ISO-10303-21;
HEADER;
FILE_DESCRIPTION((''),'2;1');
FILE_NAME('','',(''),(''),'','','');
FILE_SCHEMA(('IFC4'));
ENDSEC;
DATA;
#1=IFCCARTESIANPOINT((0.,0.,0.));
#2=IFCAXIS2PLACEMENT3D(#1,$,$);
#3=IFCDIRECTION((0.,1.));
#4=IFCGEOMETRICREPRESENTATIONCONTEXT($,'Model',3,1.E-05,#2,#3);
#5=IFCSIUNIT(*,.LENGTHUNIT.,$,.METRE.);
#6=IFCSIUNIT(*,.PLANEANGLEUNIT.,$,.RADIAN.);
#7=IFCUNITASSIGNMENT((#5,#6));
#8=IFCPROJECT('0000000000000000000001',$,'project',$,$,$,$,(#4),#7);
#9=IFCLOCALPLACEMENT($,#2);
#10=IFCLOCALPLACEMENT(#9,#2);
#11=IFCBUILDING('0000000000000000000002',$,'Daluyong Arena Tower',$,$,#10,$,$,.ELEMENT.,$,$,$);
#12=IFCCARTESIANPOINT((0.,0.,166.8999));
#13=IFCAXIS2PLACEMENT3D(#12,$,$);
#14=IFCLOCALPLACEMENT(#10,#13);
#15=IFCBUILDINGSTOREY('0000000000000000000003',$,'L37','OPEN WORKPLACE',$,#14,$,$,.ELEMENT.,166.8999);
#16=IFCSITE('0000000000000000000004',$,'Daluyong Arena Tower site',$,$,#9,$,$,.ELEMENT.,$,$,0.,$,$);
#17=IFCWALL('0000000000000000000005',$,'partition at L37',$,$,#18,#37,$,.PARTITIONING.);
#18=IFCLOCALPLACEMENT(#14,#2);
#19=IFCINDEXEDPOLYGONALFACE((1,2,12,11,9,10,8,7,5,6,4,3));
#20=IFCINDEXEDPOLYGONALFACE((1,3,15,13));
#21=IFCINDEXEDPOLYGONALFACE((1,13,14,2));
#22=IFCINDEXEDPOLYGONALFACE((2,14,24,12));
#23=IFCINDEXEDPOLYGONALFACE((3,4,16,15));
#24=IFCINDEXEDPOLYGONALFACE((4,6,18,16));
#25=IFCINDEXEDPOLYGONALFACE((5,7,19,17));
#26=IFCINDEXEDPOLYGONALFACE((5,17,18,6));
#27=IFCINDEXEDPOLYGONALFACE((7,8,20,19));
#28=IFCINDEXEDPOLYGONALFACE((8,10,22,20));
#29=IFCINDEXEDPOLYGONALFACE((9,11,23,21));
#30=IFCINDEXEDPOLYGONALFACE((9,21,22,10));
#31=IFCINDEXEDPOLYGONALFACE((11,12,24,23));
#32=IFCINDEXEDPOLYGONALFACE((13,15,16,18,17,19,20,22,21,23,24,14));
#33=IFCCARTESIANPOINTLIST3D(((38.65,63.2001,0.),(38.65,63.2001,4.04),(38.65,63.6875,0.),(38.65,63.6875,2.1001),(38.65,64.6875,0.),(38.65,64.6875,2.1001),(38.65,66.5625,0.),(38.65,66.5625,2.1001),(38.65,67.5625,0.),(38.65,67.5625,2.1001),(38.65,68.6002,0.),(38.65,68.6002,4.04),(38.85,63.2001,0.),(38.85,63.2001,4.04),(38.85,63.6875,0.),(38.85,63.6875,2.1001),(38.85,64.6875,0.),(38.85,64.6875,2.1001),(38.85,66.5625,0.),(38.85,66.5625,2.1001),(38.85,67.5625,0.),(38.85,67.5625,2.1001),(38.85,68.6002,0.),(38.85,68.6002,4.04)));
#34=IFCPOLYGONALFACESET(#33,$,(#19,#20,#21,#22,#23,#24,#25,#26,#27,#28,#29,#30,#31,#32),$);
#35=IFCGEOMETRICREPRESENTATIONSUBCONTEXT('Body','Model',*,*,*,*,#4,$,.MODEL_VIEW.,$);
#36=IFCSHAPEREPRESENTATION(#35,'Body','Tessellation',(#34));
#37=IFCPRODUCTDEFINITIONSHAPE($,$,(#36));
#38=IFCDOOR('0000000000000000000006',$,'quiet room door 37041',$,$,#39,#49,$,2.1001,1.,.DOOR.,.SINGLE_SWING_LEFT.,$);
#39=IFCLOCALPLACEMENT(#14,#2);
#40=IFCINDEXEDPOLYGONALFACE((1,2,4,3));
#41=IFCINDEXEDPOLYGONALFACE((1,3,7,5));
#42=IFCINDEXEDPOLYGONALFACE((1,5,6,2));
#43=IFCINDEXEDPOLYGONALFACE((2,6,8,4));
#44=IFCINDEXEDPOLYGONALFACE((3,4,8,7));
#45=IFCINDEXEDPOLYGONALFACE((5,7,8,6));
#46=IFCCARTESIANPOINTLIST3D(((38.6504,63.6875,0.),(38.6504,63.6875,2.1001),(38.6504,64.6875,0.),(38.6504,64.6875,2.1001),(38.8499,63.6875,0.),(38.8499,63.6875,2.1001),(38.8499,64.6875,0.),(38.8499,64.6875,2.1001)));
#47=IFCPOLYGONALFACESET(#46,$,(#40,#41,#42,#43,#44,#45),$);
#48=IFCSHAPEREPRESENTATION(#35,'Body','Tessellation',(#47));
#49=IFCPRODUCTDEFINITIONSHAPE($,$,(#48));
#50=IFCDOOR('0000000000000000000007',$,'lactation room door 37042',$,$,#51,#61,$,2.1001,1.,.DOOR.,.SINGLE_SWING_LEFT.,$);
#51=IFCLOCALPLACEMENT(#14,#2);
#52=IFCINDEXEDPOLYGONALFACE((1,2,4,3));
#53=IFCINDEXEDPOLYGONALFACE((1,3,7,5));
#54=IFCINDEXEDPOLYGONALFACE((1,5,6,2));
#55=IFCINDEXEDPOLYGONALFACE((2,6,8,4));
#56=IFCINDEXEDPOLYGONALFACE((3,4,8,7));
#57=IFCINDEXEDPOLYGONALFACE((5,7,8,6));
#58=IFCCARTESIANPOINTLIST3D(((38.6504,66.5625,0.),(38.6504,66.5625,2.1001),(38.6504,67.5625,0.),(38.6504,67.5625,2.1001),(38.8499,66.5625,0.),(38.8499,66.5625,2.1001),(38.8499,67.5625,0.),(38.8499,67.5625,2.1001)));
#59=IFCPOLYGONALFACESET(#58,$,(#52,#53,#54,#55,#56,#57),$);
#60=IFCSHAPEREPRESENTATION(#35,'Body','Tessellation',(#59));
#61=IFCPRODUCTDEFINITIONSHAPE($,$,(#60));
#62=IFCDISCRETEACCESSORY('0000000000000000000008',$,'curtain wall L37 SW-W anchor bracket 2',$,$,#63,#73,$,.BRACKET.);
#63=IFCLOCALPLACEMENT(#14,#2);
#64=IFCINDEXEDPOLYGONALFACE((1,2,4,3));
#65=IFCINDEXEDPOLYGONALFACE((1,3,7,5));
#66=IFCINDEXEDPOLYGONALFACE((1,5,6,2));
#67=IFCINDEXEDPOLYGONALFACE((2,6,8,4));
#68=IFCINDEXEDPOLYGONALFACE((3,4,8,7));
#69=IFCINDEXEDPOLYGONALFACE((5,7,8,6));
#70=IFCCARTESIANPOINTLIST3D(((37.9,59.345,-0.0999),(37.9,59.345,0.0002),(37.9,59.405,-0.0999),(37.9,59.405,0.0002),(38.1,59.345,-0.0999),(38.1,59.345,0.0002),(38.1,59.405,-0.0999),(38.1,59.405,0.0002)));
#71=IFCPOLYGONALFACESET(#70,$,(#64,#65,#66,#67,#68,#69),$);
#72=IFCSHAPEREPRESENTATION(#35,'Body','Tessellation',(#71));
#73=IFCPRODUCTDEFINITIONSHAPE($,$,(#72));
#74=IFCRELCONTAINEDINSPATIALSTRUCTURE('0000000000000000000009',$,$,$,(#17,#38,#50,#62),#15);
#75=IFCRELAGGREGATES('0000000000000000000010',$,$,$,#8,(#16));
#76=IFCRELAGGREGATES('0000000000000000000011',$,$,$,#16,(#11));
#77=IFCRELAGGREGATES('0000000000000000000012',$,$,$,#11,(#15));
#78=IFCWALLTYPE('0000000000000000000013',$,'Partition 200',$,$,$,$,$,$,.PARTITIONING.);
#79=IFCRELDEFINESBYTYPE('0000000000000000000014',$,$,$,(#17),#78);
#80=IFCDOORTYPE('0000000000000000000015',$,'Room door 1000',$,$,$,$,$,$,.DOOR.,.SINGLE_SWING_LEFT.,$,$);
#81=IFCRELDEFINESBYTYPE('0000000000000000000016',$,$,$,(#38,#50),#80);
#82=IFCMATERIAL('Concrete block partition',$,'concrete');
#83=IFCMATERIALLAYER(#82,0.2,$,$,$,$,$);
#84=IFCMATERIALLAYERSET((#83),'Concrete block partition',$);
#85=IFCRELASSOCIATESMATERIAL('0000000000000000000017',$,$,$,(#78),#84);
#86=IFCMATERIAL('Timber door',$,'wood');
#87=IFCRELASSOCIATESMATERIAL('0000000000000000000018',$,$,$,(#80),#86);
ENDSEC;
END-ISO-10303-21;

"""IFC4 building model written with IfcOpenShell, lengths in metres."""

from ifc_helpers import new_model, si_unit, direction, frame, frame_2d, origin, origin_2d, place, context, subcontext, project, spatial, rectangle, extrude, material, layer, layer_set, type_object, element, fill, save


model = new_model("IFC4")

# Units and contexts
model_context = context("Model", 3, precision=1e-05, world=origin(), true_north=direction((0.0, 1.0)))
body_context = subcontext(model_context, "Body", "Model", "MODEL_VIEW")
ifc_project = project(units=[si_unit("LENGTHUNIT", "METRE"), si_unit("PLANEANGLEUNIT", "RADIAN")], contexts=[model_context])

# Site, building, storey
site_placement = place(None, origin())
site = spatial("IfcSite", under=ifc_project, at=site_placement, Name="Daluyong Arena Tower site", CompositionType="ELEMENT", RefElevation=0.0)
building_placement = place(site_placement, origin())
building = spatial("IfcBuilding", under=site, at=building_placement, Name="Daluyong Arena Tower", CompositionType="ELEMENT")
storey_placement = place(building_placement, frame((0.0, 0.0, 166.8999)))
storey = spatial("IfcBuildingStorey", under=building, at=storey_placement, Name="L37", Description="OPEN WORKPLACE", CompositionType="ELEMENT", Elevation=166.8999)

# Wall, openings, doors
ifc_material_1 = material(Name="Concrete block partition", Category="concrete")
ifc_layer_1 = layer(ifc_material_1, 0.2)
ifc_layer_set_1 = layer_set([ifc_layer_1], Name="Concrete block partition")
wall_type_1 = type_object("IfcWallType", Name="Partition 200", PredefinedType="PARTITIONING", material=ifc_layer_set_1)
ifc_material_2 = material(Name="Timber door", Category="wood")
door_type_1 = type_object("IfcDoorType", Name="Room door 1000", OperationType="SINGLE_SWING_LEFT", PredefinedType="DOOR", material=ifc_material_2)
wall_1_placement = place(storey_placement, frame((38.75, 63.2, 0.0), z_axis=(0.0, 0.0, 1.0), x_axis=(0.0, 1.0, 0.0)))
wall_1 = element("IfcWall", 1, at=wall_1_placement, inside=storey, type_object=wall_type_1, Name="partition at L37", PredefinedType="PARTITIONING", context=body_context, shape_type="SweptSolid", body=[
    extrude(rectangle(XDim=5.4001, YDim=0.2, at=frame_2d((2.7002, 0.0))), origin(), (0.0, 0.0, 1.0), 4.04),
])
opening_1_placement = place(wall_1_placement, frame((0.4875, 0.0, 0.0)))
opening_1 = element("IfcOpeningElement", 2, at=opening_1_placement, cuts=wall_1, PredefinedType="OPENING", context=body_context, shape_type="SweptSolid", body=[
    extrude(rectangle(XDim=1.0, YDim=2.1001, at=frame_2d((0.5, 1.05))), frame((0.0, 0.1099, 0.0), z_axis=(0.0, -1.0, 0.0), x_axis=(1.0, 0.0, 0.0)), (0.0, 0.0, 1.0), 0.22),
])
opening_2_placement = place(wall_1_placement, frame((3.3625, 0.0, 0.0)))
opening_2 = element("IfcOpeningElement", 3, at=opening_2_placement, cuts=wall_1, PredefinedType="OPENING", context=body_context, shape_type="SweptSolid", body=[
    extrude(rectangle(XDim=1.0, YDim=2.1001, at=frame_2d((0.5, 1.05))), frame((0.0, 0.1099, 0.0), z_axis=(0.0, -1.0, 0.0), x_axis=(1.0, 0.0, 0.0)), (0.0, 0.0, 1.0), 0.22),
])
door_1_placement = place(opening_1_placement, origin())
door_1 = element("IfcDoor", 4, at=door_1_placement, inside=storey, type_object=door_type_1, Name="quiet room door 37041", OperationType="SINGLE_SWING_LEFT", OverallHeight=2.1001, OverallWidth=1.0, PredefinedType="DOOR", context=body_context, shape_type="SweptSolid", body=[
    extrude(rectangle(XDim=1.0, YDim=2.1001, at=frame_2d((0.5, 1.05))), frame((0.0, 0.0996, 0.0), z_axis=(0.0, -1.0, 0.0), x_axis=(1.0, 0.0, 0.0)), (0.0, 0.0, 1.0), 0.1995),
])
fill(opening_1, door_1)
door_2_placement = place(opening_2_placement, origin())
door_2 = element("IfcDoor", 5, at=door_2_placement, inside=storey, type_object=door_type_1, Name="lactation room door 37042", OperationType="SINGLE_SWING_LEFT", OverallHeight=2.1001, OverallWidth=1.0, PredefinedType="DOOR", context=body_context, shape_type="SweptSolid", body=[
    extrude(rectangle(XDim=1.0, YDim=2.1001, at=frame_2d((0.5, 1.05))), frame((0.0, 0.0996, 0.0), z_axis=(0.0, -1.0, 0.0), x_axis=(1.0, 0.0, 0.0)), (0.0, 0.0, 1.0), 0.1995),
])
fill(opening_2, door_2)

# Discrete accessory
discrete_accessory_placement = place(storey_placement, frame((38.0, 59.375, -0.0999), z_axis=(0.0, 0.0, 1.0), x_axis=(0.0, -1.0, 0.0)))
element("IfcDiscreteAccessory", 6, at=discrete_accessory_placement, inside=storey, Name="curtain wall L37 SW-W anchor bracket 2", PredefinedType="BRACKET", context=body_context, shape_type="SweptSolid", body=[
    extrude(rectangle(XDim=0.0601, YDim=0.2, at=origin_2d()), origin(), (0.0, 0.0, 1.0), 0.1001),
])

save(model, "model.ifc")
